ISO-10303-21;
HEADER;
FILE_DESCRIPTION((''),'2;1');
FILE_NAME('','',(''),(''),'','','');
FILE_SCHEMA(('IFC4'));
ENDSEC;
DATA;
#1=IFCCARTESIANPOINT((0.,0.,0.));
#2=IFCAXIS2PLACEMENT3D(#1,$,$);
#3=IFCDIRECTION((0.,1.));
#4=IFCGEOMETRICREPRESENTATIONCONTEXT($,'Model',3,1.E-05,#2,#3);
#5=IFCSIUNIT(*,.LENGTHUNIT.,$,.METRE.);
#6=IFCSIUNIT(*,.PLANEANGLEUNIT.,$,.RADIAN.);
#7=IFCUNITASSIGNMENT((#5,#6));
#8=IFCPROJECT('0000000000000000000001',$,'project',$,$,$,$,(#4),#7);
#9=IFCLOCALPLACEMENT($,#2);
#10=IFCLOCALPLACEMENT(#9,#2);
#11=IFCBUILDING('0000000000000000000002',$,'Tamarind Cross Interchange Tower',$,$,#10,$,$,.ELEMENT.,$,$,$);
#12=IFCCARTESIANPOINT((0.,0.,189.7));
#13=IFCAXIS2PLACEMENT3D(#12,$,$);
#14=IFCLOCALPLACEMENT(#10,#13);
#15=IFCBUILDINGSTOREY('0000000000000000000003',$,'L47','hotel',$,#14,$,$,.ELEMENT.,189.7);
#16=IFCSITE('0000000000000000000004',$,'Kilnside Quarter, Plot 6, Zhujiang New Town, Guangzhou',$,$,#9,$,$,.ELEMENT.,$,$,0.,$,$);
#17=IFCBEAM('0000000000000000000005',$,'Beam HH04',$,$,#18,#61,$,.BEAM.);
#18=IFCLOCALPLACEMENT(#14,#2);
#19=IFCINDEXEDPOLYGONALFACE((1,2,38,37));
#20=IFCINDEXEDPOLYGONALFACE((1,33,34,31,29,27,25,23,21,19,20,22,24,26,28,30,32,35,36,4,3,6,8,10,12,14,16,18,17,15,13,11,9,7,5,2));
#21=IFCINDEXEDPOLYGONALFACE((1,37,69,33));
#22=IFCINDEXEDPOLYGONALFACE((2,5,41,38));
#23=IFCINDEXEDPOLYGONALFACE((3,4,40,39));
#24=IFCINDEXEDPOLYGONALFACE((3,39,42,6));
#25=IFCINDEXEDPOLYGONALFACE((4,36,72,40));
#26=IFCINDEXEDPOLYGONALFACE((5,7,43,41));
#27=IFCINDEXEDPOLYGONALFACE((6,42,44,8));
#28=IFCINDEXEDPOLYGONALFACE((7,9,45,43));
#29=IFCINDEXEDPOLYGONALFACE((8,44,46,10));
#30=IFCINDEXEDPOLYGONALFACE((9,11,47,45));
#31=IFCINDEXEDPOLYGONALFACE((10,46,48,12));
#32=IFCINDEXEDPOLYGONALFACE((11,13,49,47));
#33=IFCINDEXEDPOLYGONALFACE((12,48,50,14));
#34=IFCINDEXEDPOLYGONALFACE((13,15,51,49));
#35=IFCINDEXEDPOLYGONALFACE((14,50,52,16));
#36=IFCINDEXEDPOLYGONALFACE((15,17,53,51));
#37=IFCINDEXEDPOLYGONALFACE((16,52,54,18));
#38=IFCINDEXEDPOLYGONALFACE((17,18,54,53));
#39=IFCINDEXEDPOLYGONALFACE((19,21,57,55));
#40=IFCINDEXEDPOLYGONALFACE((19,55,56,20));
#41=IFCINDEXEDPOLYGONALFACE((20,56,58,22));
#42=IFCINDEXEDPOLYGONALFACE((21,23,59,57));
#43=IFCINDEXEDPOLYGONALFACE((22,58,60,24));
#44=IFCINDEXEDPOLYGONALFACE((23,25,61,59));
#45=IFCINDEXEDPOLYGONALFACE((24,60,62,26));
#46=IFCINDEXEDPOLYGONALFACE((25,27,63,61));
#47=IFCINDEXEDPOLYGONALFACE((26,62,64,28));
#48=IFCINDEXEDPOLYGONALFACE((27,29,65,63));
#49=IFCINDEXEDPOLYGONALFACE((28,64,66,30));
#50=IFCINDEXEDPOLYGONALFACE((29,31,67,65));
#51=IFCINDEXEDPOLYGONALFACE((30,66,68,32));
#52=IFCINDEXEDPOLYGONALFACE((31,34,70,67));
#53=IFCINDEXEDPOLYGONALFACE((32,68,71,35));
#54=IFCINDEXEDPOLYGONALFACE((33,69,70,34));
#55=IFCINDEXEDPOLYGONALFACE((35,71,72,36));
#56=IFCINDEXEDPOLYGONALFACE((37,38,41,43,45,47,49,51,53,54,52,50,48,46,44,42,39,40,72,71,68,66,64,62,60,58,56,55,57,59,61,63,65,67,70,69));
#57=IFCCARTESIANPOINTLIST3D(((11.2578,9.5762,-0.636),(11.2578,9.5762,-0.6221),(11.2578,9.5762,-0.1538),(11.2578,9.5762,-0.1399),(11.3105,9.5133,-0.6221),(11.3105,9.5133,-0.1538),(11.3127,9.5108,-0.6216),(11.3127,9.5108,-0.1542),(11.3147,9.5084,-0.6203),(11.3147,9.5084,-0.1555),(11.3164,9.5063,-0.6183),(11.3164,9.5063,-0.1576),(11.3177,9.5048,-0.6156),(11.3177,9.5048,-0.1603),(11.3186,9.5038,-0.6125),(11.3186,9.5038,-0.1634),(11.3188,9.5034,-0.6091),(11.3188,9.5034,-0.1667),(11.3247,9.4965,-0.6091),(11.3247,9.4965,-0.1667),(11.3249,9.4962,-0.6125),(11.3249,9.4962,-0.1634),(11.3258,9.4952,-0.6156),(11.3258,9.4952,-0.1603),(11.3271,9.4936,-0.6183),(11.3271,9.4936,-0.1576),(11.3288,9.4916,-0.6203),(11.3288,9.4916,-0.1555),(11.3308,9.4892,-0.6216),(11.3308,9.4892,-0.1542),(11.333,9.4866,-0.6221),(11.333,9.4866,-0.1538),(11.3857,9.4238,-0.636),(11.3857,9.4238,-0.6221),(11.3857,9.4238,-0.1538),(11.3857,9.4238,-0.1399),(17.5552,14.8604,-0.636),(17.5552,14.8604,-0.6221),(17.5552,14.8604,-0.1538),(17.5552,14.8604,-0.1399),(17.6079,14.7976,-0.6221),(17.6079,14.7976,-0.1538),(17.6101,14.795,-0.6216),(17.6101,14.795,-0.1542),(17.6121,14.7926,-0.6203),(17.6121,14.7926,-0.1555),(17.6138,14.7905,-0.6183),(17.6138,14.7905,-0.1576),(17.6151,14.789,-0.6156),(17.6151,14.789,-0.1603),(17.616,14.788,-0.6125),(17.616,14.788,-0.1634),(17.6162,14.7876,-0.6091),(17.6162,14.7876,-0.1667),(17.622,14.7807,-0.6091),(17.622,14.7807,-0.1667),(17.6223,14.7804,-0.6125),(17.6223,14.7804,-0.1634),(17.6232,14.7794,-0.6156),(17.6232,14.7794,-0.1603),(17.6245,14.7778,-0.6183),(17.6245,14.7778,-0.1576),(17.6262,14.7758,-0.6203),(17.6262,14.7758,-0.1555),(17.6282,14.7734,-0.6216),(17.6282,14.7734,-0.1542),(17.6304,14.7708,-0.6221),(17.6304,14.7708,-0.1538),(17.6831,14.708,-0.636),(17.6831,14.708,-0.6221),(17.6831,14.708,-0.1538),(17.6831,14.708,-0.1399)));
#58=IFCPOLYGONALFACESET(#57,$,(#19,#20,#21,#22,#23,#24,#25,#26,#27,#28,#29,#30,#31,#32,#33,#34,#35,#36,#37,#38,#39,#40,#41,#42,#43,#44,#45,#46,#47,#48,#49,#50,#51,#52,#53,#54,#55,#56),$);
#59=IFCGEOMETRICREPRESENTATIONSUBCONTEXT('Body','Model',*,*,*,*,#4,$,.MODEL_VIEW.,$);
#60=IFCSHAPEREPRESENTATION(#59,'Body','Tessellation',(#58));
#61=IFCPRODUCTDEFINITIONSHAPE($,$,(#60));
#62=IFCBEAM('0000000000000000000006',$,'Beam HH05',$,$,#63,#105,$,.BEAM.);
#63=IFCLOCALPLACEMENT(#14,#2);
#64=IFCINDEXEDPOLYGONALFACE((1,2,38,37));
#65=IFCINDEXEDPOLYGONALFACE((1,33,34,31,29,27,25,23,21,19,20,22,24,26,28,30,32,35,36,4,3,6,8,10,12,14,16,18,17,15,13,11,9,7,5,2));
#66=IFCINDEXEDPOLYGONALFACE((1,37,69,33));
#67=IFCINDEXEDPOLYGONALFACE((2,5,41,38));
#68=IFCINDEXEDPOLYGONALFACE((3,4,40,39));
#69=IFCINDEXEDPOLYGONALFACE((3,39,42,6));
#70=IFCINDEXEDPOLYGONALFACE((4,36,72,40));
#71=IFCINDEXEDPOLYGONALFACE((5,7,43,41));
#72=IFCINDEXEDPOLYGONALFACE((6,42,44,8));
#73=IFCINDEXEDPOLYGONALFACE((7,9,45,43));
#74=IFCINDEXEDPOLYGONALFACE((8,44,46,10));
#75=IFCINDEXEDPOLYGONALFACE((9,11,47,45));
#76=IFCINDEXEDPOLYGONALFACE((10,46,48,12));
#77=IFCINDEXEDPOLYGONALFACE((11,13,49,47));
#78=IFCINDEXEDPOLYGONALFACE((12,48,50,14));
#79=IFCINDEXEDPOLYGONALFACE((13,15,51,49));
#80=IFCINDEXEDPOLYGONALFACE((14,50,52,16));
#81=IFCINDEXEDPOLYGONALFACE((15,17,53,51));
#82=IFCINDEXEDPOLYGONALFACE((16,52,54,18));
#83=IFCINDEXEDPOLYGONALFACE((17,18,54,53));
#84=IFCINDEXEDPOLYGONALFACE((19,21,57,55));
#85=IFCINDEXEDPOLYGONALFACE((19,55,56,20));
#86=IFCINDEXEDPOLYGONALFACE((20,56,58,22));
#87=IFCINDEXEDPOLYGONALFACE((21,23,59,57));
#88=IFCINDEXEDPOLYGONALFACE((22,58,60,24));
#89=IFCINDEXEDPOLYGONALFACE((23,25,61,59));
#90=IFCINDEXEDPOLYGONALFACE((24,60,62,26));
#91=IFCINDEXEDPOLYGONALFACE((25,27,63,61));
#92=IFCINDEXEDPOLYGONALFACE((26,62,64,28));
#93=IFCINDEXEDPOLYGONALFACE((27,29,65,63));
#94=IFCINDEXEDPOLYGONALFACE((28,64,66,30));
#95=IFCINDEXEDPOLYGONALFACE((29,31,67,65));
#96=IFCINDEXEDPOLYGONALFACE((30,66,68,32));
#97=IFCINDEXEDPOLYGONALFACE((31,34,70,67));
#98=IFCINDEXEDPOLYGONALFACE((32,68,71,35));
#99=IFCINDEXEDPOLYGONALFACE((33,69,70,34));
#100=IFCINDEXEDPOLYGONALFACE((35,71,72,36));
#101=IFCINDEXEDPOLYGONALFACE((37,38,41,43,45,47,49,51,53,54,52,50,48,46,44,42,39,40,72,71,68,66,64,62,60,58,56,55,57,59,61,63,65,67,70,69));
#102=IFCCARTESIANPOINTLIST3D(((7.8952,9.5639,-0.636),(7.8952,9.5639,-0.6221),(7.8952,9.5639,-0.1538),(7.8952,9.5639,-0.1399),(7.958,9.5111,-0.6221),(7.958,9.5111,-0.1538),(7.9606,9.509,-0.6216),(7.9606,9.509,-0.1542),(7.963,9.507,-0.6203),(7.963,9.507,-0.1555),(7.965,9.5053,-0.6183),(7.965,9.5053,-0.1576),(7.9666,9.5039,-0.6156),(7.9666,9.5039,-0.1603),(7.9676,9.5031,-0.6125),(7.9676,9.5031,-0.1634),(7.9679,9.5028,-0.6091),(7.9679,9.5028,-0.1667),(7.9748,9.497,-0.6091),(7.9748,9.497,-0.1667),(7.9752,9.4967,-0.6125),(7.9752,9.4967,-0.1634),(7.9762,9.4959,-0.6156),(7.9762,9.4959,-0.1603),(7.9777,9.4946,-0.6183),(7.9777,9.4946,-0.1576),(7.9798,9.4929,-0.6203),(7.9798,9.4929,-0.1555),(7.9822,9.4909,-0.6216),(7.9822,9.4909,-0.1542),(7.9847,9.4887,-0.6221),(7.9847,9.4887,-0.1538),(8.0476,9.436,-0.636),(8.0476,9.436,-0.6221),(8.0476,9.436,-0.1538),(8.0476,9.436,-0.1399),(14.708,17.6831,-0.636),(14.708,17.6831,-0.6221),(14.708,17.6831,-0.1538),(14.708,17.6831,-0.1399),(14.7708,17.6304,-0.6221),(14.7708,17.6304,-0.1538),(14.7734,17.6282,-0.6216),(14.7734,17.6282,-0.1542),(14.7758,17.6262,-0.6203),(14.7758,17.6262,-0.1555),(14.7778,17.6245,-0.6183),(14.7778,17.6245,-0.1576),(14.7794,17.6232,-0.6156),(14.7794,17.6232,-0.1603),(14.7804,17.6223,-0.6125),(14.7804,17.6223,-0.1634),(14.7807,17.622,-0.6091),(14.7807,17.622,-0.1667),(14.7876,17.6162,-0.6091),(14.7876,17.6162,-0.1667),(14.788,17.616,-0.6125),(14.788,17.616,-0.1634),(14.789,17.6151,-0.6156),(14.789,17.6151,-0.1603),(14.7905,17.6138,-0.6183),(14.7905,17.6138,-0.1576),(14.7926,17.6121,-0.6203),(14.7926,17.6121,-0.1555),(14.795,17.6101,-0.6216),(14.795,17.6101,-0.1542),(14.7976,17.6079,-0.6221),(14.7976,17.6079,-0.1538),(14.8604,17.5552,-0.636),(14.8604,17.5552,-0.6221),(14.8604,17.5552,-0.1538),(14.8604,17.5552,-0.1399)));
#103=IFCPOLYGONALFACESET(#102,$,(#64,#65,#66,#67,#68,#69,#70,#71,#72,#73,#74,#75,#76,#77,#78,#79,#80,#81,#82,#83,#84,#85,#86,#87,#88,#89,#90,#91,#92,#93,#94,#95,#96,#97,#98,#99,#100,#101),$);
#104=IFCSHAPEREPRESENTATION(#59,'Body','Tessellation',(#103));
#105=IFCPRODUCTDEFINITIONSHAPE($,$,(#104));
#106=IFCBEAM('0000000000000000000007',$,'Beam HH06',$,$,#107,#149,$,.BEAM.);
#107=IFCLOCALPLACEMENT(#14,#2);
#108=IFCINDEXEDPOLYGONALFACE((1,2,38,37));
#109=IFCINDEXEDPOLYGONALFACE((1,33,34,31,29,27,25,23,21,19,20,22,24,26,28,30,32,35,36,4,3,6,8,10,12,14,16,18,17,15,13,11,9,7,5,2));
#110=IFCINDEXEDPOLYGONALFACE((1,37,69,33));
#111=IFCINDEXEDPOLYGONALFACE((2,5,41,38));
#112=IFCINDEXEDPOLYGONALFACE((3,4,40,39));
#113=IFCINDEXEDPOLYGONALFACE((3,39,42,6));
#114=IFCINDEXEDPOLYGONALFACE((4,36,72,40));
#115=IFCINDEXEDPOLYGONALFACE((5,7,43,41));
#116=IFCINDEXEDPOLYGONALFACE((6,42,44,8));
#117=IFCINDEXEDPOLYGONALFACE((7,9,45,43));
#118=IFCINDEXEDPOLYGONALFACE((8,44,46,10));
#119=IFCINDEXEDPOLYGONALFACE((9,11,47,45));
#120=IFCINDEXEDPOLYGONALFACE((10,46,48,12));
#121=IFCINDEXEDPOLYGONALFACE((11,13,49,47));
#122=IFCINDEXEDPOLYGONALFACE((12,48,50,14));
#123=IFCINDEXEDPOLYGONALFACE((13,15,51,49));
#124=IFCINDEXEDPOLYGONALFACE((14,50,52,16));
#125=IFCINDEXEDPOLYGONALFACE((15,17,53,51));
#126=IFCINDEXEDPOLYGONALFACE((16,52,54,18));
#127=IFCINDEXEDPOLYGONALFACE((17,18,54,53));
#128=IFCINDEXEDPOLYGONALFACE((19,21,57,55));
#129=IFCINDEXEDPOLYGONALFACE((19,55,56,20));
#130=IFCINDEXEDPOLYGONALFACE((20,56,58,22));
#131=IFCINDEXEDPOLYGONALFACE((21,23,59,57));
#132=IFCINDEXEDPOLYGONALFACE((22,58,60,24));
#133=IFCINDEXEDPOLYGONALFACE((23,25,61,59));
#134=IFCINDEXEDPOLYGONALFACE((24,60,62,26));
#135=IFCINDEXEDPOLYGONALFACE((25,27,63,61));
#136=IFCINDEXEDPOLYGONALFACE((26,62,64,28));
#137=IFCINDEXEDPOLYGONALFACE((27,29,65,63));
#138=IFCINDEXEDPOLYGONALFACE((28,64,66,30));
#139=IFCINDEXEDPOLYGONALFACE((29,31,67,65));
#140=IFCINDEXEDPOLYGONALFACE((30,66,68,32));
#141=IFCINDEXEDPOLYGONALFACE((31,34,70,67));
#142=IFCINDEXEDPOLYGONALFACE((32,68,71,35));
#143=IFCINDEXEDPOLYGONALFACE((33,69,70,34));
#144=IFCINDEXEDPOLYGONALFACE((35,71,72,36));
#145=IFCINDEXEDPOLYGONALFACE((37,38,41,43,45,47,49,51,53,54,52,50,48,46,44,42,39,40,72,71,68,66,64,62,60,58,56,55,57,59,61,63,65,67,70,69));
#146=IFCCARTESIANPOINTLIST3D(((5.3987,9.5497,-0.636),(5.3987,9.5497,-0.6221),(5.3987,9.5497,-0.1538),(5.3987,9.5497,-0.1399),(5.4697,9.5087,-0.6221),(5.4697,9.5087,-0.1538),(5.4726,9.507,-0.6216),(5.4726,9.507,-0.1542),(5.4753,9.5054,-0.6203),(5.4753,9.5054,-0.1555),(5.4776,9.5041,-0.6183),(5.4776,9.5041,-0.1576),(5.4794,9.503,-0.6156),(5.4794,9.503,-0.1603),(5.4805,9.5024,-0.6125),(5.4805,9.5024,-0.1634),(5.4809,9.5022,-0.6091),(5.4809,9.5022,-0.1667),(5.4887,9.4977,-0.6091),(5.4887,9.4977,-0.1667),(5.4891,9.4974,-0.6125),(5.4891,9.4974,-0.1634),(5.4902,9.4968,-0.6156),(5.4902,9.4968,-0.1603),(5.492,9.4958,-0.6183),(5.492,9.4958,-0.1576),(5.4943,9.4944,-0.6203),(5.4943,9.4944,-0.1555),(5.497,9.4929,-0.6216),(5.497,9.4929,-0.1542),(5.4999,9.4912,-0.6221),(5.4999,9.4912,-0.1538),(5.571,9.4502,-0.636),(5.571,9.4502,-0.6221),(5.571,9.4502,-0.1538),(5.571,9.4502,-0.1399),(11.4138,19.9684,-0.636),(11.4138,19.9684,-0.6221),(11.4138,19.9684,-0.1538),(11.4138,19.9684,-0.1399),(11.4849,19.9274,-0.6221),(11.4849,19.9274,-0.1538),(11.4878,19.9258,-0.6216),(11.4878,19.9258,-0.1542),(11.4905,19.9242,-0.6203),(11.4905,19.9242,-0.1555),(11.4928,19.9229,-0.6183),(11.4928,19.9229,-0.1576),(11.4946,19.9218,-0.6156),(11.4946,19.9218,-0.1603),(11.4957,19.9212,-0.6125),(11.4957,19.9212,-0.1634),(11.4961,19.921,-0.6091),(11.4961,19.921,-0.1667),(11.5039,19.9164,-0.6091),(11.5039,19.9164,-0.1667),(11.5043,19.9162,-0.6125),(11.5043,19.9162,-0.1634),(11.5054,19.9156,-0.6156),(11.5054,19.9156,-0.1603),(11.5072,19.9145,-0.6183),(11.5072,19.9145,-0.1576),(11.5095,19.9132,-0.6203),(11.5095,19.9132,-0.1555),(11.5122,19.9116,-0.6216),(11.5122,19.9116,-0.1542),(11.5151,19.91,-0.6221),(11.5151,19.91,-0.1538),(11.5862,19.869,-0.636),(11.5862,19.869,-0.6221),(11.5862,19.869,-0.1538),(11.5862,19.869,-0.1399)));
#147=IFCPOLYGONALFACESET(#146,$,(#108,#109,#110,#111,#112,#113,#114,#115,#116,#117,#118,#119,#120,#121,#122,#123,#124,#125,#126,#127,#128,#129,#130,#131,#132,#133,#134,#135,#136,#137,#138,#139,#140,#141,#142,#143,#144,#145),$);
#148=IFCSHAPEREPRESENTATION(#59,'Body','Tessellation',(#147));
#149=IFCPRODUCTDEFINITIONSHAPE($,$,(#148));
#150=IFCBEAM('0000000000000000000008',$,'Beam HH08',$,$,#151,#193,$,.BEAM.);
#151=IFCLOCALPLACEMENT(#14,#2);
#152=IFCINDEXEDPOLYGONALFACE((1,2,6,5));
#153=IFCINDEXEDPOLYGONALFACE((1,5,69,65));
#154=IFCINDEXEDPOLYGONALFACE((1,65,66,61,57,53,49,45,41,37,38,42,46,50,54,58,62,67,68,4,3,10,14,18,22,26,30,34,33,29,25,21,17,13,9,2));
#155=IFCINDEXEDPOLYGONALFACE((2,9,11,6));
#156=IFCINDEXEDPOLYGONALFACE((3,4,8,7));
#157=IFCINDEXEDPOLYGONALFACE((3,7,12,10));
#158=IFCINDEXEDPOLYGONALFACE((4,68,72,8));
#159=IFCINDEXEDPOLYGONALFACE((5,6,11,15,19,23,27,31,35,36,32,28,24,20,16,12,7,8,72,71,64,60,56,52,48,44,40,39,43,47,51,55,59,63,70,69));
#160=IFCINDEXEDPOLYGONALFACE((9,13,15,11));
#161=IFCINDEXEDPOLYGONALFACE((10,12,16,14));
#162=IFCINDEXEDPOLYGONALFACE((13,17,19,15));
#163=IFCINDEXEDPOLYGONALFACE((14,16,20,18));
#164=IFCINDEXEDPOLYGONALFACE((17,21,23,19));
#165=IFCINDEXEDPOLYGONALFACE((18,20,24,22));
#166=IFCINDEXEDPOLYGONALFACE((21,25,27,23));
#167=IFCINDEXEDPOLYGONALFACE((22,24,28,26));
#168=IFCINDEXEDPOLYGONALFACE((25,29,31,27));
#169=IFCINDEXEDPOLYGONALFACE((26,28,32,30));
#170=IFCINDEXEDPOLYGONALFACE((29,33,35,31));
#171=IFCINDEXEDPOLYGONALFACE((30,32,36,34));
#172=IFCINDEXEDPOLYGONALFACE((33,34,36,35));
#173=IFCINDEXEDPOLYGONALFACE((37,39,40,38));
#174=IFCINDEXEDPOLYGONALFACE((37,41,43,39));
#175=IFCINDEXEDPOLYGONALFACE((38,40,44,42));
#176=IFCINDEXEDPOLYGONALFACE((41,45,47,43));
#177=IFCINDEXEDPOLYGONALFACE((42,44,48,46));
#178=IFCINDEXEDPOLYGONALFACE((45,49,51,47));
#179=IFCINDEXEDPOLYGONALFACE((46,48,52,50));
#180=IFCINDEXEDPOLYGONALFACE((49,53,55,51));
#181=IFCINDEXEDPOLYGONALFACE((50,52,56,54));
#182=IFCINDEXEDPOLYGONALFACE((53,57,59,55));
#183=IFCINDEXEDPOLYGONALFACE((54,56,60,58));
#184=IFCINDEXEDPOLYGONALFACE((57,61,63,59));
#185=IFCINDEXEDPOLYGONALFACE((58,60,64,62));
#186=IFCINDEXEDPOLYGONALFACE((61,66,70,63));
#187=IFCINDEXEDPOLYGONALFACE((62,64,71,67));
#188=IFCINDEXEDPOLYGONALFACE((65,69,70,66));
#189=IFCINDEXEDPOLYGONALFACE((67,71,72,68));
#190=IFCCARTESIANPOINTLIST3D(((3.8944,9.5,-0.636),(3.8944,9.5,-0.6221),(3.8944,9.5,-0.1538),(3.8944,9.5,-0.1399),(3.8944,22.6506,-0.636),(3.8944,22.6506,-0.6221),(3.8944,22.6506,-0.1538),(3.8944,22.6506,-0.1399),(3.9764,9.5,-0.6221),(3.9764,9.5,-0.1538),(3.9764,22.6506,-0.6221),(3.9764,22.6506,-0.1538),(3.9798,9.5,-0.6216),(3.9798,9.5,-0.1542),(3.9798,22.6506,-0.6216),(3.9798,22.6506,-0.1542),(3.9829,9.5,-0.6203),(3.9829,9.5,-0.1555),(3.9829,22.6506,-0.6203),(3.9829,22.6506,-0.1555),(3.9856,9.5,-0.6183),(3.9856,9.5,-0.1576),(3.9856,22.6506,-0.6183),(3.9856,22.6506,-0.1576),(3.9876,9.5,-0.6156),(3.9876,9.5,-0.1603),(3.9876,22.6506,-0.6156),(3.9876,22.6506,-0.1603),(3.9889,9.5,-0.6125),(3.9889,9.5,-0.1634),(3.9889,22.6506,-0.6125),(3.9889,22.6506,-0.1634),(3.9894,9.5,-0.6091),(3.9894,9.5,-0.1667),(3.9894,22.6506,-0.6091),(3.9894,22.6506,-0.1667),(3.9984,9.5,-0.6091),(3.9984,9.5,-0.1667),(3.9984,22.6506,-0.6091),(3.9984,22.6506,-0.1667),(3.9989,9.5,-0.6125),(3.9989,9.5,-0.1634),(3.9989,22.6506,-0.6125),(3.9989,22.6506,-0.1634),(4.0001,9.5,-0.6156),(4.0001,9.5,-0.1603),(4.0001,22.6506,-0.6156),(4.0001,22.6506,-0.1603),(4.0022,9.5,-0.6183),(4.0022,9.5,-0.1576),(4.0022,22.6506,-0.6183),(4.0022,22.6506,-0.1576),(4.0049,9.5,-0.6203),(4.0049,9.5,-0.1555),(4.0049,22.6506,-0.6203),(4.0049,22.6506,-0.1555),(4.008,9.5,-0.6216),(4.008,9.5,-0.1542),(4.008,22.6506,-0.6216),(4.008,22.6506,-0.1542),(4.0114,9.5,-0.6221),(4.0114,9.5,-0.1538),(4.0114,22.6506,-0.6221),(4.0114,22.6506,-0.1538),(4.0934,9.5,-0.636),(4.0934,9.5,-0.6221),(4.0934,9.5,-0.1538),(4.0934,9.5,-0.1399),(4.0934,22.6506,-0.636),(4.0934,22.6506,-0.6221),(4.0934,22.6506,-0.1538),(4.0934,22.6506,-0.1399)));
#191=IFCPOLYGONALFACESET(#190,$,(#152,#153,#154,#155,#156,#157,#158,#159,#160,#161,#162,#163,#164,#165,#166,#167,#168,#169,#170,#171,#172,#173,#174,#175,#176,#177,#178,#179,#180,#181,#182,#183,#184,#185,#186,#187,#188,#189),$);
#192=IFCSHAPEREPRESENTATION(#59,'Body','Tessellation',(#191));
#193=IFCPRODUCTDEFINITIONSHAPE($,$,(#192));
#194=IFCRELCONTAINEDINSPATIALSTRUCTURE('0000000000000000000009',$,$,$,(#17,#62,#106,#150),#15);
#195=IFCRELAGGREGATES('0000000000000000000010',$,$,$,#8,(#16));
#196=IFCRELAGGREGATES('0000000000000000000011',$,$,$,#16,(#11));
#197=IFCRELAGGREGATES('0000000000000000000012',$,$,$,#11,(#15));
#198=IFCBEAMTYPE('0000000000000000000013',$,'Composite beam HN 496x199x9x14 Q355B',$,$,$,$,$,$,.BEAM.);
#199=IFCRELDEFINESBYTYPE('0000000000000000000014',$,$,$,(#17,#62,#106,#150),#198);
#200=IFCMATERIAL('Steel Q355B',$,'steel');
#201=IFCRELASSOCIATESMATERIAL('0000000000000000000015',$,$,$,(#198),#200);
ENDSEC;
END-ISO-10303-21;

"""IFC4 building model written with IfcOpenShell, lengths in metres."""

from ifc_helpers import new_model, si_unit, direction, frame, origin, origin_2d, place, context, subcontext, project, spatial, i_section, extrude, material, material_profile, profile_set, type_object, element, save


model = new_model("IFC4")

# Units and contexts
model_context = context("Model", 3, precision=1e-05, world=origin(), true_north=direction((0.0, 1.0)))
body_context = subcontext(model_context, "Body", "Model", "MODEL_VIEW")
ifc_project = project(units=[si_unit("LENGTHUNIT", "METRE"), si_unit("PLANEANGLEUNIT", "RADIAN")], contexts=[model_context])

# Site, building, storey
site_placement = place(None, origin())
site = spatial("IfcSite", under=ifc_project, at=site_placement, Name="Kilnside Quarter, Plot 6, Zhujiang New Town, Guangzhou", CompositionType="ELEMENT", RefElevation=0.0)
building_placement = place(site_placement, origin())
building = spatial("IfcBuilding", under=site, at=building_placement, Name="Tamarind Cross Interchange Tower", CompositionType="ELEMENT")
storey_placement = place(building_placement, frame((0.0, 0.0, 189.7)))
storey = spatial("IfcBuildingStorey", under=building, at=storey_placement, Name="L47", Description="hotel", CompositionType="ELEMENT", Elevation=189.7)

# Beams
ifc_material_1 = material(Name="Steel Q355B", Category="steel")
ifc_material_profile_1 = material_profile(ifc_material_1, i_section(OverallWidth=0.199, OverallDepth=0.4961, WebThickness=0.009, FlangeThickness=0.0139, FilletRadius=0.0129, at=origin_2d()), Name="HN 496x199x9x14")
ifc_profile_set_1 = profile_set([ifc_material_profile_1], Name="Steel Q355B")
beam_type = type_object("IfcBeamType", Name="Composite beam HN 496x199x9x14 Q355B", PredefinedType="BEAM", material=ifc_profile_set_1)
beam_1_placement = place(storey_placement, frame((17.6191, 14.7842, -0.3879), z_axis=(-0.766041, -0.642792, 0.0), x_axis=(0.642792, -0.766041, 0.0)))
element("IfcBeam", 1, at=beam_1_placement, inside=storey, type_object=beam_type, Name="Beam HH04", PredefinedType="BEAM", context=body_context, shape_type="SweptSolid", body=[
    extrude(i_section(OverallWidth=0.199, OverallDepth=0.4961, WebThickness=0.009, FlangeThickness=0.0139, FilletRadius=0.0129, at=origin_2d()), origin(), (0.0, 0.0, 1.0), 8.2207),
])
beam_2_placement = place(storey_placement, frame((14.7842, 17.6191, -0.3879), z_axis=(-0.642786, -0.766046, 0.0), x_axis=(0.766046, -0.642786, 0.0)))
element("IfcBeam", 2, at=beam_2_placement, inside=storey, type_object=beam_type, Name="Beam HH05", PredefinedType="BEAM", context=body_context, shape_type="SweptSolid", body=[
    extrude(i_section(OverallWidth=0.199, OverallDepth=0.4961, WebThickness=0.009, FlangeThickness=0.0139, FilletRadius=0.0129, at=origin_2d()), origin(), (0.0, 0.0, 1.0), 10.5989),
])
beam_3_placement = place(storey_placement, frame((11.5, 19.9187, -0.3879), z_axis=(-0.499994, -0.866029, 0.0), x_axis=(0.866029, -0.499994, 0.0)))
element("IfcBeam", 3, at=beam_3_placement, inside=storey, type_object=beam_type, Name="Beam HH06", PredefinedType="BEAM", context=body_context, shape_type="SweptSolid", body=[
    extrude(i_section(OverallWidth=0.199, OverallDepth=0.4961, WebThickness=0.009, FlangeThickness=0.0139, FilletRadius=0.0129, at=origin_2d()), origin(), (0.0, 0.0, 1.0), 12.0305),
])
beam_4_placement = place(storey_placement, frame((3.9939, 22.6506, -0.3879), z_axis=(0.0, -1.0, 0.0), x_axis=(1.0, 0.0, 0.0)))
element("IfcBeam", 4, at=beam_4_placement, inside=storey, type_object=beam_type, Name="Beam HH08", PredefinedType="BEAM", context=body_context, shape_type="SweptSolid", body=[
    extrude(i_section(OverallWidth=0.199, OverallDepth=0.4961, WebThickness=0.009, FlangeThickness=0.0139, FilletRadius=0.0129, at=origin_2d()), origin(), (0.0, 0.0, 1.0), 13.1506),
])

save(model, "model.ifc")
